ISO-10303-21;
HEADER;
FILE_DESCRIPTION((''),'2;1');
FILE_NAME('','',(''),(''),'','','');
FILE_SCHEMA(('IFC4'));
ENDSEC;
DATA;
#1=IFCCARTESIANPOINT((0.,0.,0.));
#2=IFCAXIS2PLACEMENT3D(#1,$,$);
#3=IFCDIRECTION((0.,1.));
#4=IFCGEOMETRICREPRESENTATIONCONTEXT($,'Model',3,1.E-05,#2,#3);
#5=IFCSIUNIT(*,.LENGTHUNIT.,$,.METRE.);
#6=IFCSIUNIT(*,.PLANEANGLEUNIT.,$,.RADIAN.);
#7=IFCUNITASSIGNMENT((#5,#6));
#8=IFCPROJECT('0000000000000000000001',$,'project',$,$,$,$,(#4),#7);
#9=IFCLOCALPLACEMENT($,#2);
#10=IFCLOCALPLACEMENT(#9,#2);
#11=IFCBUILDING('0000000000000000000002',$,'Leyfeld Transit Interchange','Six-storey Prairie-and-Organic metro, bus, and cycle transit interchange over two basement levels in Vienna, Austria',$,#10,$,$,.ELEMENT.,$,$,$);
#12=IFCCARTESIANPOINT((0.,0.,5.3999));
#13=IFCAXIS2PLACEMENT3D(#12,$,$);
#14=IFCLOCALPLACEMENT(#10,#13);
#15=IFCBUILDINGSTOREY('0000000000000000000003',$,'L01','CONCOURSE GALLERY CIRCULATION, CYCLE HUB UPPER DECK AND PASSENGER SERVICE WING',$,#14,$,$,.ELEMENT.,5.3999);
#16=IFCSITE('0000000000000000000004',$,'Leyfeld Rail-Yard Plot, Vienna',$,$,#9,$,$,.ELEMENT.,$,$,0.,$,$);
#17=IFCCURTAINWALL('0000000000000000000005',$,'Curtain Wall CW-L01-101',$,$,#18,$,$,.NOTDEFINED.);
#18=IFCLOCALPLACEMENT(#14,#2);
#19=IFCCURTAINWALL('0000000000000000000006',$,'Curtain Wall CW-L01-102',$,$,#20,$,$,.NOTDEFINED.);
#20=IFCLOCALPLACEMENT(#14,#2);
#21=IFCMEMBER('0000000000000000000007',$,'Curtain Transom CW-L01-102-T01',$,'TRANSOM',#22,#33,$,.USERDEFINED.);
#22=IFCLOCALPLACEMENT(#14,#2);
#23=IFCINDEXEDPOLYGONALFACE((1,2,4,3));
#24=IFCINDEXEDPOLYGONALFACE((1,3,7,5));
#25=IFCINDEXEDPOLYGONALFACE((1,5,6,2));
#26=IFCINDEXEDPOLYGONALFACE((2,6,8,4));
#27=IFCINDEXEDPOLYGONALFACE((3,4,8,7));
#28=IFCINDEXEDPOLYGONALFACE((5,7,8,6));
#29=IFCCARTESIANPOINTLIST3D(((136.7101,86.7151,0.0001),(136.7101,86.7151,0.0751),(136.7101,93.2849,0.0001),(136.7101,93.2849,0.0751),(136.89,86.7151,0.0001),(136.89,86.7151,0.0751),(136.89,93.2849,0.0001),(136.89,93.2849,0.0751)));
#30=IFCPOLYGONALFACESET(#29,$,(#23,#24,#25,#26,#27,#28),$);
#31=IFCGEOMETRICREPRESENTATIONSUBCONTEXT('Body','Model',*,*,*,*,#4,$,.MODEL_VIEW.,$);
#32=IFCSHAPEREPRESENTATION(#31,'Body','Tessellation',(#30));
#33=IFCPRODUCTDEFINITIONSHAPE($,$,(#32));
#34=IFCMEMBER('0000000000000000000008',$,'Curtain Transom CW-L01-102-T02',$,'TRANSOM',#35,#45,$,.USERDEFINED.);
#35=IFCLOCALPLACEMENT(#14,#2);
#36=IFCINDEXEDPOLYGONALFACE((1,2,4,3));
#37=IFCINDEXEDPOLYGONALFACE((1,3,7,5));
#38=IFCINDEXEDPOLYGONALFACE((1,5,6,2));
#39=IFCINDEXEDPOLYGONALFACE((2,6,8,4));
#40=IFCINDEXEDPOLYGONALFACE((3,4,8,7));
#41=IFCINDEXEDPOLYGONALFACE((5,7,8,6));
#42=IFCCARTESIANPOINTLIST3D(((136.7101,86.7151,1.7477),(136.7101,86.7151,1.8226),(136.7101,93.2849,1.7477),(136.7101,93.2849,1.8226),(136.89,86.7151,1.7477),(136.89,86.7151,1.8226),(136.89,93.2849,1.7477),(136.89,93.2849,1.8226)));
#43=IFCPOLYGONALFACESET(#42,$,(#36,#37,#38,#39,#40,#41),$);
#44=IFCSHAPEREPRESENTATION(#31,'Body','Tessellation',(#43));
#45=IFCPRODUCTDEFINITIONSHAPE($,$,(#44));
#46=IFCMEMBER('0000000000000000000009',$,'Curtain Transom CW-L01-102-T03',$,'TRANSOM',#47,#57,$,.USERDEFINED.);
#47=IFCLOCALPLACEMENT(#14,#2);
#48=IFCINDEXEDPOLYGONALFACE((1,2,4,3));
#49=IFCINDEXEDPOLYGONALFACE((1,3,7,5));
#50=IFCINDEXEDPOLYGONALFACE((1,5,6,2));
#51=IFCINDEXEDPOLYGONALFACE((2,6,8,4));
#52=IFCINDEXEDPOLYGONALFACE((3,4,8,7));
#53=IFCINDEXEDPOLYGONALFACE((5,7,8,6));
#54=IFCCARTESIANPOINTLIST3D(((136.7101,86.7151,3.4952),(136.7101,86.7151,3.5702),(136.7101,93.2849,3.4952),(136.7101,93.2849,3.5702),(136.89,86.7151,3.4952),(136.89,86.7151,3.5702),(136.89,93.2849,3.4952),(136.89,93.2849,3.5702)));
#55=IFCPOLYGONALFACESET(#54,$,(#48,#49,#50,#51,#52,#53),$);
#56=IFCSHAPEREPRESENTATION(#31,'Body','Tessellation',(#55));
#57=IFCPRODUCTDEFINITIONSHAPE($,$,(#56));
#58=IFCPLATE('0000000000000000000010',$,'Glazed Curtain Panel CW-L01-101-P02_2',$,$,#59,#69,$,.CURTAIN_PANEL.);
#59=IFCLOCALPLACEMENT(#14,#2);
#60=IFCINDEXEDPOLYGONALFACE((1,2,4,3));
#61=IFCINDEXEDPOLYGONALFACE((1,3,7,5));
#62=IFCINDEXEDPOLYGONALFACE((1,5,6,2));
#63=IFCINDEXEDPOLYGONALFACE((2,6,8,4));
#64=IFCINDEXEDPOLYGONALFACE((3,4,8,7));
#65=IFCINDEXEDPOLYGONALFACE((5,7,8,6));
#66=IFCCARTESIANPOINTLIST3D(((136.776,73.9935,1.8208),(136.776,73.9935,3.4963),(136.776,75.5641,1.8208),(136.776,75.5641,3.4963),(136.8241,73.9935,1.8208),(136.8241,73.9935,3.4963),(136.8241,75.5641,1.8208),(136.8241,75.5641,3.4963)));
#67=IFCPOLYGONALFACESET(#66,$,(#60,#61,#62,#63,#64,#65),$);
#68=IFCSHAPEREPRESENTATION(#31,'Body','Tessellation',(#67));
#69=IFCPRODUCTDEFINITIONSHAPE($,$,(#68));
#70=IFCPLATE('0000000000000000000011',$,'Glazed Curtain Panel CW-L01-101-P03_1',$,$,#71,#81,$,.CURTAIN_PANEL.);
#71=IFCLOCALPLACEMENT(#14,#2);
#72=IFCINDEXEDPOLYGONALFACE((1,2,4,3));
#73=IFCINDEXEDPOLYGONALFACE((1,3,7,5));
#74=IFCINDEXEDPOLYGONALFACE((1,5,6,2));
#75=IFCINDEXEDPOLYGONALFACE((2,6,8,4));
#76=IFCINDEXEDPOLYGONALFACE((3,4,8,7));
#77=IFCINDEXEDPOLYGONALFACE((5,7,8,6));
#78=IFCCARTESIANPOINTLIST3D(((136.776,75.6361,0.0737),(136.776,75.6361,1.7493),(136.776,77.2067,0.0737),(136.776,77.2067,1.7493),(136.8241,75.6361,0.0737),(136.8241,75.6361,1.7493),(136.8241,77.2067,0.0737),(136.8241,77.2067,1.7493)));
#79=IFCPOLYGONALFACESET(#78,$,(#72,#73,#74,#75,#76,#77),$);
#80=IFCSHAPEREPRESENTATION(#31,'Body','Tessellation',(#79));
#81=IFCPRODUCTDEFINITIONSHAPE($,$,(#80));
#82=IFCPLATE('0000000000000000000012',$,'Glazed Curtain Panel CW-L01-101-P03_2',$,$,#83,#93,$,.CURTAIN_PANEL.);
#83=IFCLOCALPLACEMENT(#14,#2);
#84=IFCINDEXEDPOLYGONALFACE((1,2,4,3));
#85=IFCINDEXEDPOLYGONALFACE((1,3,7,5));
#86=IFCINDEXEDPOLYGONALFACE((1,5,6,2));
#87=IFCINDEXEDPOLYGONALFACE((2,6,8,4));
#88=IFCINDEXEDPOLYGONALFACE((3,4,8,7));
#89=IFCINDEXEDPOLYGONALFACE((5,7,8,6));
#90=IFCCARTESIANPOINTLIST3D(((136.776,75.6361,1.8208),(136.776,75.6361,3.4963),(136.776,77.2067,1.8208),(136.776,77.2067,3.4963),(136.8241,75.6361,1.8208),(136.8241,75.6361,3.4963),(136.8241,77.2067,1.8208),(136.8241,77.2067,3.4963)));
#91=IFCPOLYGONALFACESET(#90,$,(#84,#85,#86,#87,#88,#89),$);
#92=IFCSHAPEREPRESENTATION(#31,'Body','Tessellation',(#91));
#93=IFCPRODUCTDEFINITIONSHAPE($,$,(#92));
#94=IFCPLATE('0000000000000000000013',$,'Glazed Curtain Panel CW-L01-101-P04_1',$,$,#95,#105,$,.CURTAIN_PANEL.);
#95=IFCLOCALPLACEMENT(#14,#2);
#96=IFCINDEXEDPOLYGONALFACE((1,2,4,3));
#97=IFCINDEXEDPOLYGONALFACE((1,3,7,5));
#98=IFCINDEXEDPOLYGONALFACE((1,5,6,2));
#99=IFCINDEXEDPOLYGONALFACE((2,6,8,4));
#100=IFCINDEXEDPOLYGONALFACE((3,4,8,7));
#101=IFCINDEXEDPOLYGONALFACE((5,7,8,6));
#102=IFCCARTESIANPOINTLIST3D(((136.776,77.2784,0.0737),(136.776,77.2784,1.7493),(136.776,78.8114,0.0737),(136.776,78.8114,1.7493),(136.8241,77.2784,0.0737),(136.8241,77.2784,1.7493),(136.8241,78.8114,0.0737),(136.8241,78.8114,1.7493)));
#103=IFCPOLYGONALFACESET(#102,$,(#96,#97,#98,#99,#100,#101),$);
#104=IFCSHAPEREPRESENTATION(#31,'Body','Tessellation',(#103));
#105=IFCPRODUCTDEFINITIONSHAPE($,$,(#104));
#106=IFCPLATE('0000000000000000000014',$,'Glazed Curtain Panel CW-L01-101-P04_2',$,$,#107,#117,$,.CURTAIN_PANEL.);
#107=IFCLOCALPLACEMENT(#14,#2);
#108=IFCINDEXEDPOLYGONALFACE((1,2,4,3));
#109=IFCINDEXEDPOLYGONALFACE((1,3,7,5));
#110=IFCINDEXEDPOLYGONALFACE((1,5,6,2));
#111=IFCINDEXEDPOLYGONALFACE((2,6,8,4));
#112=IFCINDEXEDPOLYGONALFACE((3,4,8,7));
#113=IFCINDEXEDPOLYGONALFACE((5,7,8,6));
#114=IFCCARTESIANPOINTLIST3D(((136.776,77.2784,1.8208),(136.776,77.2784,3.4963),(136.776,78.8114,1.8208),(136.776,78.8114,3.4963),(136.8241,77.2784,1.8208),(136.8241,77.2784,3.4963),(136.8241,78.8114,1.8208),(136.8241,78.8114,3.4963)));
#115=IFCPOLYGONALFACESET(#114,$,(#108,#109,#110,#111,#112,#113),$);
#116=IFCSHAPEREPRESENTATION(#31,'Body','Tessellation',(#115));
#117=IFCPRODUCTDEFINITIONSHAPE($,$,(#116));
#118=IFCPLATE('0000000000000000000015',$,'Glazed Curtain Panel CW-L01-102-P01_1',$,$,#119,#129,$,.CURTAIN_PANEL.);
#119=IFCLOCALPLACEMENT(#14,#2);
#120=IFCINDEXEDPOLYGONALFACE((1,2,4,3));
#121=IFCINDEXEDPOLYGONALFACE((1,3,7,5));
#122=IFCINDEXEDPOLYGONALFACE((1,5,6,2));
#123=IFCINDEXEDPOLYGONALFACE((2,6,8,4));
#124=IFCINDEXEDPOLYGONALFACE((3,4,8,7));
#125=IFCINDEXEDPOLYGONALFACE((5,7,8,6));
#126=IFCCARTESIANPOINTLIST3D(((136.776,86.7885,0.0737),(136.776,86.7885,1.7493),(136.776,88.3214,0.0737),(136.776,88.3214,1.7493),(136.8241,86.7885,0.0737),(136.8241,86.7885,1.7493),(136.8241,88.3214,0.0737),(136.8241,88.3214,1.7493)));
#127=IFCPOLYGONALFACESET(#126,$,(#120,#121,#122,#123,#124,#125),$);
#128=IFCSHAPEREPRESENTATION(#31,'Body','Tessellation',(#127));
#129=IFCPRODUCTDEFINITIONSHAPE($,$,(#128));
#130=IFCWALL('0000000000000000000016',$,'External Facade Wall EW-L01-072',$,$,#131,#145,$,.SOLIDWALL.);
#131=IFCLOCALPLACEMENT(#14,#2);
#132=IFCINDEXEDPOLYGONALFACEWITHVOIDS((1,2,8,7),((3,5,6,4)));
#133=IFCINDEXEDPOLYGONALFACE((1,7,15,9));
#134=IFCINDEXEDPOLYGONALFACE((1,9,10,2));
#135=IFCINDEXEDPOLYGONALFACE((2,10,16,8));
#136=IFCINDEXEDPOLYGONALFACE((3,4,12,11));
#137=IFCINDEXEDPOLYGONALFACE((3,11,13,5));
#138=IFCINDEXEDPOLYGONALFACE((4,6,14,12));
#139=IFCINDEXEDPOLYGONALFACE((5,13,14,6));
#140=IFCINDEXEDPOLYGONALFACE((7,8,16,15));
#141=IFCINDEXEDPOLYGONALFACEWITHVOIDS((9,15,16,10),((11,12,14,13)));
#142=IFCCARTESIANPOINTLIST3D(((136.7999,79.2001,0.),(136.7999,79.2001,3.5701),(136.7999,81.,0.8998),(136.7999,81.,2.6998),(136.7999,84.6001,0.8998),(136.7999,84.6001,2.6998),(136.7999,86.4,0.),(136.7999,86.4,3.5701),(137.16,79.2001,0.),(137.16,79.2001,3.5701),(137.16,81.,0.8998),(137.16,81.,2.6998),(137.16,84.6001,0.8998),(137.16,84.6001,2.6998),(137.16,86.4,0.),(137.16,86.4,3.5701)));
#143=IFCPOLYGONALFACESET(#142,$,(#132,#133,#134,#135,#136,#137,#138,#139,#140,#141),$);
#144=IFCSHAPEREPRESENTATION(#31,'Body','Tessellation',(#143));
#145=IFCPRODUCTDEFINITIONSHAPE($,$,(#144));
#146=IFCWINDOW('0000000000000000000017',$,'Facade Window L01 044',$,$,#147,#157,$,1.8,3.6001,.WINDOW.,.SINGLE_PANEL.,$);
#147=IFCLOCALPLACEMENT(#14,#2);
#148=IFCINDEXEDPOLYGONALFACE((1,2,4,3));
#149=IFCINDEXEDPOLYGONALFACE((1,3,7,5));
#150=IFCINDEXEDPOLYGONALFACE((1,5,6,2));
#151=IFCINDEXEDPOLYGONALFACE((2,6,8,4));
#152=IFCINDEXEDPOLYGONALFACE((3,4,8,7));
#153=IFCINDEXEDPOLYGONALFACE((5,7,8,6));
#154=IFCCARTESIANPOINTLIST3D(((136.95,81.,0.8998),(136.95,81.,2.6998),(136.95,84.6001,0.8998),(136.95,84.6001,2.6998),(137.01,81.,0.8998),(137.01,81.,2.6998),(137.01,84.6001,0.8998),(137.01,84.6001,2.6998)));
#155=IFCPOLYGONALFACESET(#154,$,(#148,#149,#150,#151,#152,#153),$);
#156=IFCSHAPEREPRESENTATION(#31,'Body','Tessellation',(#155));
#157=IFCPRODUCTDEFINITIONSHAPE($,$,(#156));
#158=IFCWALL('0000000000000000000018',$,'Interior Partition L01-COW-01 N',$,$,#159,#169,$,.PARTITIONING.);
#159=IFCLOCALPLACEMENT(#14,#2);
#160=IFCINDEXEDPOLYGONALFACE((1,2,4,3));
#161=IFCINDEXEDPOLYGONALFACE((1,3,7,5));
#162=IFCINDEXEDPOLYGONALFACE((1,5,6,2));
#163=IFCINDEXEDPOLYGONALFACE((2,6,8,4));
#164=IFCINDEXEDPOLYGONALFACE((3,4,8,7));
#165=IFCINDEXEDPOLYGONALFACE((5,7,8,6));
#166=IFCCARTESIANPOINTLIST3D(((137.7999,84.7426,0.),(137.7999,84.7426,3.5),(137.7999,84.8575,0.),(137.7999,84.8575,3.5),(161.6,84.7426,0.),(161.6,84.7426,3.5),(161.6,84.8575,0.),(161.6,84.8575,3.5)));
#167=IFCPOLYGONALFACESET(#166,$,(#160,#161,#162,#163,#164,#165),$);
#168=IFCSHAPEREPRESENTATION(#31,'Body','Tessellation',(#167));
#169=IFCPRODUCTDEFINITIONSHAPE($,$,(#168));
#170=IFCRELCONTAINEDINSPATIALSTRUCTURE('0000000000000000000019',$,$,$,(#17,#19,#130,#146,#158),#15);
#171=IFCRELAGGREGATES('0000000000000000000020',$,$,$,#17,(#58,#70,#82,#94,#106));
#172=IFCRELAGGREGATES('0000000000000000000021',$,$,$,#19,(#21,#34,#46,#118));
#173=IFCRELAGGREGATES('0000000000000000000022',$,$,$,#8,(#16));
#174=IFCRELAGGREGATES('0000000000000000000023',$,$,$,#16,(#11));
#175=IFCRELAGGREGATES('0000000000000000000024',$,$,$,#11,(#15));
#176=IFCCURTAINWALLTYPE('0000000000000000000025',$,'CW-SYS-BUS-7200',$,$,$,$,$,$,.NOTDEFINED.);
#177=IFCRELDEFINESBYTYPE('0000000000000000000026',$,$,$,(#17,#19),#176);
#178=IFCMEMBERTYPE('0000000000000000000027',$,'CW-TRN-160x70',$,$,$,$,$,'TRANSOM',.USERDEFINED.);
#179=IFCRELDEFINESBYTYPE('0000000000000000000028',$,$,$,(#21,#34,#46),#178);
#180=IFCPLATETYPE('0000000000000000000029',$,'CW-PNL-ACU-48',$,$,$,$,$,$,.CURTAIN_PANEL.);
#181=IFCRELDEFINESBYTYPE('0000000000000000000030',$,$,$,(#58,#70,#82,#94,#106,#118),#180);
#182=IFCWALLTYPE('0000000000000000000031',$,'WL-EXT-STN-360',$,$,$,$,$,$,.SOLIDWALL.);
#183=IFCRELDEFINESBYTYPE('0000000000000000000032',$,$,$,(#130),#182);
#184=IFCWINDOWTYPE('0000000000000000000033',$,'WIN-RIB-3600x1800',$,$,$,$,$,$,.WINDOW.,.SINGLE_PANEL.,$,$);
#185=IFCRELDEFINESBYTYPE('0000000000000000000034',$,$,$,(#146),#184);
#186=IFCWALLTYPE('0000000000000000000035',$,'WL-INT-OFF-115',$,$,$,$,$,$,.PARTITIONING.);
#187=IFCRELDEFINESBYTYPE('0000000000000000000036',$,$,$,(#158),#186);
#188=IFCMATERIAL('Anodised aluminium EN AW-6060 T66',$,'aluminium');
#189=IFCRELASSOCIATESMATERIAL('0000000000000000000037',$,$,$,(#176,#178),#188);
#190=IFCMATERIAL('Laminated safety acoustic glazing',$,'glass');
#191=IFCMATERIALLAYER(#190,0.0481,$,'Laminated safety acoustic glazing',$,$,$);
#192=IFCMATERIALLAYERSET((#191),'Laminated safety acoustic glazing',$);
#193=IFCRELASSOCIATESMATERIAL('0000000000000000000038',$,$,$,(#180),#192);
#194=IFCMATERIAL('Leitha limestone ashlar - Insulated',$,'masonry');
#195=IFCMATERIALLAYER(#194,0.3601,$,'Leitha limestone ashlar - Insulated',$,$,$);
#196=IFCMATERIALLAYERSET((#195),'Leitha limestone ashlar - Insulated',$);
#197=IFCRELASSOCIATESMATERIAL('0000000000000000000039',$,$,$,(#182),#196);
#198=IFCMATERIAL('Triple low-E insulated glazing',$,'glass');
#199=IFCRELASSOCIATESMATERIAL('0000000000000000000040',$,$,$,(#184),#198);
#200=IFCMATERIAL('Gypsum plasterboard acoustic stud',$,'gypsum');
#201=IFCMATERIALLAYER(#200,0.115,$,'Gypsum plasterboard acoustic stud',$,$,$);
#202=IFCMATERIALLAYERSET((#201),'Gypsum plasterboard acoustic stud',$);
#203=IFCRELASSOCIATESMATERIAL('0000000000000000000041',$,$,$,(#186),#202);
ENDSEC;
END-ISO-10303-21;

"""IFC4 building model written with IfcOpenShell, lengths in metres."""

from ifc_helpers import new_model, si_unit, direction, frame, frame_2d, origin, origin_2d, place, context, subcontext, project, spatial, rectangle, extrude, material, layer, layer_set, material_profile, profile_set, type_object, element, fill, aggregate, save


model = new_model("IFC4")

# Units and contexts
model_context = context("Model", 3, precision=1e-05, world=origin(), true_north=direction((0.0, 1.0)))
body_context = subcontext(model_context, "Body", "Model", "MODEL_VIEW")
ifc_project = project(units=[si_unit("LENGTHUNIT", "METRE"), si_unit("PLANEANGLEUNIT", "RADIAN")], contexts=[model_context])

# Site, building, storey
site_placement = place(None, origin())
site = spatial("IfcSite", under=ifc_project, at=site_placement, Name="Leyfeld Rail-Yard Plot, Vienna", CompositionType="ELEMENT", RefElevation=0.0)
building_placement = place(site_placement, origin())
building = spatial("IfcBuilding", under=site, at=building_placement, Name="Leyfeld Transit Interchange", Description="Six-storey Prairie-and-Organic metro, bus, and cycle transit interchange over two basement levels in Vienna, Austria", CompositionType="ELEMENT")
storey_placement = place(building_placement, frame((0.0, 0.0, 5.3999)))
storey = spatial("IfcBuildingStorey", under=building, at=storey_placement, Name="L01", Description="CONCOURSE GALLERY CIRCULATION, CYCLE HUB UPPER DECK AND PASSENGER SERVICE WING", CompositionType="ELEMENT", Elevation=5.3999)

# Curtain walls, members
ifc_material_1 = material(Name="Anodised aluminium EN AW-6060 T66", Category="aluminium")
curtain_wall_type = type_object("IfcCurtainWallType", Name="CW-SYS-BUS-7200", PredefinedType="NOTDEFINED", material=ifc_material_1)
curtain_wall_1_placement = place(storey_placement, origin())
curtain_wall_1 = element("IfcCurtainWall", 1, at=curtain_wall_1_placement, inside=storey, type_object=curtain_wall_type, Name="Curtain Wall CW-L01-101", PredefinedType="NOTDEFINED")
curtain_wall_2_placement = place(storey_placement, origin())
curtain_wall_2 = element("IfcCurtainWall", 2, at=curtain_wall_2_placement, inside=storey, type_object=curtain_wall_type, Name="Curtain Wall CW-L01-102", PredefinedType="NOTDEFINED")
ifc_material_profile_1 = material_profile(ifc_material_1, rectangle(XDim=0.1799, YDim=0.075, at=origin_2d()), Name="CW-TRN-160x70")
ifc_profile_set_1 = profile_set([ifc_material_profile_1], Name="Anodised aluminium EN AW-6060 T66")
member_type_1 = type_object("IfcMemberType", Name="CW-TRN-160x70", ElementType="TRANSOM", PredefinedType="USERDEFINED", material=ifc_profile_set_1)
member_1_placement = place(storey_placement, frame((136.8, 86.7151, 0.0376), z_axis=(0.0, 1.0, 0.0), x_axis=(-1.0, 0.0, 0.0)))
member_1 = element("IfcMember", 3, at=member_1_placement, type_object=member_type_1, Name="Curtain Transom CW-L01-102-T01", ObjectType="TRANSOM", PredefinedType="USERDEFINED", context=body_context, shape_type="SweptSolid", body=[
    extrude(rectangle(XDim=0.1799, YDim=0.075, at=origin_2d()), origin(), (0.0, 0.0, 1.0), 6.5698),
])
member_2_placement = place(storey_placement, frame((136.8, 86.7151, 1.7852), z_axis=(0.0, 1.0, 0.0), x_axis=(-1.0, 0.0, 0.0)))
member_2 = element("IfcMember", 4, at=member_2_placement, type_object=member_type_1, Name="Curtain Transom CW-L01-102-T02", ObjectType="TRANSOM", PredefinedType="USERDEFINED", context=body_context, shape_type="SweptSolid", body=[
    extrude(rectangle(XDim=0.1799, YDim=0.075, at=origin_2d()), origin(), (0.0, 0.0, 1.0), 6.5698),
])
member_3_placement = place(storey_placement, frame((136.8, 86.7151, 3.5327), z_axis=(0.0, 1.0, 0.0), x_axis=(-1.0, 0.0, 0.0)))
member_3 = element("IfcMember", 5, at=member_3_placement, type_object=member_type_1, Name="Curtain Transom CW-L01-102-T03", ObjectType="TRANSOM", PredefinedType="USERDEFINED", context=body_context, shape_type="SweptSolid", body=[
    extrude(rectangle(XDim=0.1799, YDim=0.075, at=origin_2d()), origin(), (0.0, 0.0, 1.0), 6.5698),
])

# Plates
ifc_material_2 = material(Name="Laminated safety acoustic glazing", Category="glass")
ifc_layer_1 = layer(ifc_material_2, 0.0481, Name="Laminated safety acoustic glazing")
ifc_layer_set_1 = layer_set([ifc_layer_1], Name="Laminated safety acoustic glazing")
plate_type = type_object("IfcPlateType", Name="CW-PNL-ACU-48", PredefinedType="CURTAIN_PANEL", material=ifc_layer_set_1)
plate_1_placement = place(storey_placement, frame((136.8, 74.7788, 1.8208), z_axis=(0.0, 0.0, 1.0), x_axis=(0.0, 1.0, 0.0)))
plate_1 = element("IfcPlate", 6, at=plate_1_placement, type_object=plate_type, Name="Glazed Curtain Panel CW-L01-101-P02_2", PredefinedType="CURTAIN_PANEL", context=body_context, shape_type="SweptSolid", body=[
    extrude(rectangle(XDim=1.5706, YDim=0.0481, at=origin_2d()), origin(), (0.0, 0.0, 1.0), 1.6755),
])
plate_2_placement = place(storey_placement, frame((136.8, 76.4214, 0.0737), z_axis=(0.0, 0.0, 1.0), x_axis=(0.0, 1.0, 0.0)))
plate_2 = element("IfcPlate", 7, at=plate_2_placement, type_object=plate_type, Name="Glazed Curtain Panel CW-L01-101-P03_1", PredefinedType="CURTAIN_PANEL", context=body_context, shape_type="SweptSolid", body=[
    extrude(rectangle(XDim=1.5706, YDim=0.0481, at=origin_2d()), origin(), (0.0, 0.0, 1.0), 1.6755),
])
plate_3_placement = place(storey_placement, frame((136.8, 76.4214, 1.8208), z_axis=(0.0, 0.0, 1.0), x_axis=(0.0, 1.0, 0.0)))
plate_3 = element("IfcPlate", 8, at=plate_3_placement, type_object=plate_type, Name="Glazed Curtain Panel CW-L01-101-P03_2", PredefinedType="CURTAIN_PANEL", context=body_context, shape_type="SweptSolid", body=[
    extrude(rectangle(XDim=1.5706, YDim=0.0481, at=origin_2d()), origin(), (0.0, 0.0, 1.0), 1.6755),
])
plate_4_placement = place(storey_placement, frame((136.8, 78.0449, 0.0737), z_axis=(0.0, 0.0, 1.0), x_axis=(0.0, 1.0, 0.0)))
plate_4 = element("IfcPlate", 9, at=plate_4_placement, type_object=plate_type, Name="Glazed Curtain Panel CW-L01-101-P04_1", PredefinedType="CURTAIN_PANEL", context=body_context, shape_type="SweptSolid", body=[
    extrude(rectangle(XDim=1.533, YDim=0.0481, at=origin_2d()), origin(), (0.0, 0.0, 1.0), 1.6755),
])
plate_5_placement = place(storey_placement, frame((136.8, 78.0449, 1.8208), z_axis=(0.0, 0.0, 1.0), x_axis=(0.0, 1.0, 0.0)))
plate_5 = element("IfcPlate", 10, at=plate_5_placement, type_object=plate_type, Name="Glazed Curtain Panel CW-L01-101-P04_2", PredefinedType="CURTAIN_PANEL", context=body_context, shape_type="SweptSolid", body=[
    extrude(rectangle(XDim=1.533, YDim=0.0481, at=origin_2d()), origin(), (0.0, 0.0, 1.0), 1.6755),
])
aggregate(curtain_wall_1, [plate_1, plate_2, plate_3, plate_4, plate_5])
plate_6_placement = place(storey_placement, frame((136.8, 87.5549, 0.0737), z_axis=(0.0, 0.0, 1.0), x_axis=(0.0, 1.0, 0.0)))
plate_6 = element("IfcPlate", 11, at=plate_6_placement, type_object=plate_type, Name="Glazed Curtain Panel CW-L01-102-P01_1", PredefinedType="CURTAIN_PANEL", context=body_context, shape_type="SweptSolid", body=[
    extrude(rectangle(XDim=1.533, YDim=0.0481, at=origin_2d()), origin(), (0.0, 0.0, 1.0), 1.6755),
])
aggregate(curtain_wall_2, [member_1, member_2, member_3, plate_6])

# Wall, opening, window
ifc_material_3 = material(Name="Leitha limestone ashlar - Insulated", Category="masonry")
ifc_layer_2 = layer(ifc_material_3, 0.3601, Name="Leitha limestone ashlar - Insulated")
ifc_layer_set_2 = layer_set([ifc_layer_2], Name="Leitha limestone ashlar - Insulated")
wall_type_1 = type_object("IfcWallType", Name="WL-EXT-STN-360", PredefinedType="SOLIDWALL", material=ifc_layer_set_2)
wall_1_placement = place(storey_placement, frame((136.98, 79.2, 0.0), z_axis=(0.0, 0.0, 1.0), x_axis=(0.0, 1.0, 0.0)))
wall_1 = element("IfcWall", 12, at=wall_1_placement, inside=storey, type_object=wall_type_1, Name="External Facade Wall EW-L01-072", PredefinedType="SOLIDWALL", context=body_context, shape_type="SweptSolid", body=[
    extrude(rectangle(XDim=7.2, YDim=0.3601, at=frame_2d((3.6001, 0.0))), origin(), (0.0, 0.0, 1.0), 3.5701),
])
opening_placement = place(wall_1_placement, frame((1.8, 0.0, 0.8999)))
opening = element("IfcOpeningElement", 13, at=opening_placement, cuts=wall_1, PredefinedType="OPENING", context=body_context, shape_type="SweptSolid", body=[
    extrude(rectangle(XDim=3.6001, YDim=1.8, at=frame_2d((1.8, 0.8999))), frame((0.0, 0.1899, 0.0), z_axis=(0.0, -1.0, 0.0), x_axis=(1.0, 0.0, 0.0)), (0.0, 0.0, 1.0), 0.3801),
])
ifc_material_4 = material(Name="Triple low-E insulated glazing", Category="glass")
window_type = type_object("IfcWindowType", Name="WIN-RIB-3600x1800", PartitioningType="SINGLE_PANEL", PredefinedType="WINDOW", material=ifc_material_4)
window_placement = place(opening_placement, origin())
window = element("IfcWindow", 14, at=window_placement, inside=storey, type_object=window_type, Name="Facade Window L01 044", OverallHeight=1.8, OverallWidth=3.6001, PartitioningType="SINGLE_PANEL", PredefinedType="WINDOW", context=body_context, shape_type="SweptSolid", body=[
    extrude(rectangle(XDim=3.6001, YDim=1.8, at=frame_2d((1.8, 0.8999))), frame((0.0, 0.03, 0.0), z_axis=(0.0, -1.0, 0.0), x_axis=(1.0, 0.0, 0.0)), (0.0, 0.0, 1.0), 0.0601),
])
fill(opening, window)

# Wall
ifc_material_5 = material(Name="Gypsum plasterboard acoustic stud", Category="gypsum")
ifc_layer_3 = layer(ifc_material_5, 0.115, Name="Gypsum plasterboard acoustic stud")
ifc_layer_set_3 = layer_set([ifc_layer_3], Name="Gypsum plasterboard acoustic stud")
wall_type_2 = type_object("IfcWallType", Name="WL-INT-OFF-115", PredefinedType="PARTITIONING", material=ifc_layer_set_3)
wall_2_placement = place(storey_placement, frame((137.8, 84.8, 0.0), z_axis=(0.0, 0.0, 1.0), x_axis=(1.0, 0.0, 0.0)))
element("IfcWall", 15, at=wall_2_placement, inside=storey, type_object=wall_type_2, Name="Interior Partition L01-COW-01 N", PredefinedType="PARTITIONING", context=body_context, shape_type="SweptSolid", body=[
    extrude(rectangle(XDim=23.8, YDim=0.115, at=frame_2d((11.8999, 0.0))), origin(), (0.0, 0.0, 1.0), 3.5),
])

save(model, "model.ifc")
